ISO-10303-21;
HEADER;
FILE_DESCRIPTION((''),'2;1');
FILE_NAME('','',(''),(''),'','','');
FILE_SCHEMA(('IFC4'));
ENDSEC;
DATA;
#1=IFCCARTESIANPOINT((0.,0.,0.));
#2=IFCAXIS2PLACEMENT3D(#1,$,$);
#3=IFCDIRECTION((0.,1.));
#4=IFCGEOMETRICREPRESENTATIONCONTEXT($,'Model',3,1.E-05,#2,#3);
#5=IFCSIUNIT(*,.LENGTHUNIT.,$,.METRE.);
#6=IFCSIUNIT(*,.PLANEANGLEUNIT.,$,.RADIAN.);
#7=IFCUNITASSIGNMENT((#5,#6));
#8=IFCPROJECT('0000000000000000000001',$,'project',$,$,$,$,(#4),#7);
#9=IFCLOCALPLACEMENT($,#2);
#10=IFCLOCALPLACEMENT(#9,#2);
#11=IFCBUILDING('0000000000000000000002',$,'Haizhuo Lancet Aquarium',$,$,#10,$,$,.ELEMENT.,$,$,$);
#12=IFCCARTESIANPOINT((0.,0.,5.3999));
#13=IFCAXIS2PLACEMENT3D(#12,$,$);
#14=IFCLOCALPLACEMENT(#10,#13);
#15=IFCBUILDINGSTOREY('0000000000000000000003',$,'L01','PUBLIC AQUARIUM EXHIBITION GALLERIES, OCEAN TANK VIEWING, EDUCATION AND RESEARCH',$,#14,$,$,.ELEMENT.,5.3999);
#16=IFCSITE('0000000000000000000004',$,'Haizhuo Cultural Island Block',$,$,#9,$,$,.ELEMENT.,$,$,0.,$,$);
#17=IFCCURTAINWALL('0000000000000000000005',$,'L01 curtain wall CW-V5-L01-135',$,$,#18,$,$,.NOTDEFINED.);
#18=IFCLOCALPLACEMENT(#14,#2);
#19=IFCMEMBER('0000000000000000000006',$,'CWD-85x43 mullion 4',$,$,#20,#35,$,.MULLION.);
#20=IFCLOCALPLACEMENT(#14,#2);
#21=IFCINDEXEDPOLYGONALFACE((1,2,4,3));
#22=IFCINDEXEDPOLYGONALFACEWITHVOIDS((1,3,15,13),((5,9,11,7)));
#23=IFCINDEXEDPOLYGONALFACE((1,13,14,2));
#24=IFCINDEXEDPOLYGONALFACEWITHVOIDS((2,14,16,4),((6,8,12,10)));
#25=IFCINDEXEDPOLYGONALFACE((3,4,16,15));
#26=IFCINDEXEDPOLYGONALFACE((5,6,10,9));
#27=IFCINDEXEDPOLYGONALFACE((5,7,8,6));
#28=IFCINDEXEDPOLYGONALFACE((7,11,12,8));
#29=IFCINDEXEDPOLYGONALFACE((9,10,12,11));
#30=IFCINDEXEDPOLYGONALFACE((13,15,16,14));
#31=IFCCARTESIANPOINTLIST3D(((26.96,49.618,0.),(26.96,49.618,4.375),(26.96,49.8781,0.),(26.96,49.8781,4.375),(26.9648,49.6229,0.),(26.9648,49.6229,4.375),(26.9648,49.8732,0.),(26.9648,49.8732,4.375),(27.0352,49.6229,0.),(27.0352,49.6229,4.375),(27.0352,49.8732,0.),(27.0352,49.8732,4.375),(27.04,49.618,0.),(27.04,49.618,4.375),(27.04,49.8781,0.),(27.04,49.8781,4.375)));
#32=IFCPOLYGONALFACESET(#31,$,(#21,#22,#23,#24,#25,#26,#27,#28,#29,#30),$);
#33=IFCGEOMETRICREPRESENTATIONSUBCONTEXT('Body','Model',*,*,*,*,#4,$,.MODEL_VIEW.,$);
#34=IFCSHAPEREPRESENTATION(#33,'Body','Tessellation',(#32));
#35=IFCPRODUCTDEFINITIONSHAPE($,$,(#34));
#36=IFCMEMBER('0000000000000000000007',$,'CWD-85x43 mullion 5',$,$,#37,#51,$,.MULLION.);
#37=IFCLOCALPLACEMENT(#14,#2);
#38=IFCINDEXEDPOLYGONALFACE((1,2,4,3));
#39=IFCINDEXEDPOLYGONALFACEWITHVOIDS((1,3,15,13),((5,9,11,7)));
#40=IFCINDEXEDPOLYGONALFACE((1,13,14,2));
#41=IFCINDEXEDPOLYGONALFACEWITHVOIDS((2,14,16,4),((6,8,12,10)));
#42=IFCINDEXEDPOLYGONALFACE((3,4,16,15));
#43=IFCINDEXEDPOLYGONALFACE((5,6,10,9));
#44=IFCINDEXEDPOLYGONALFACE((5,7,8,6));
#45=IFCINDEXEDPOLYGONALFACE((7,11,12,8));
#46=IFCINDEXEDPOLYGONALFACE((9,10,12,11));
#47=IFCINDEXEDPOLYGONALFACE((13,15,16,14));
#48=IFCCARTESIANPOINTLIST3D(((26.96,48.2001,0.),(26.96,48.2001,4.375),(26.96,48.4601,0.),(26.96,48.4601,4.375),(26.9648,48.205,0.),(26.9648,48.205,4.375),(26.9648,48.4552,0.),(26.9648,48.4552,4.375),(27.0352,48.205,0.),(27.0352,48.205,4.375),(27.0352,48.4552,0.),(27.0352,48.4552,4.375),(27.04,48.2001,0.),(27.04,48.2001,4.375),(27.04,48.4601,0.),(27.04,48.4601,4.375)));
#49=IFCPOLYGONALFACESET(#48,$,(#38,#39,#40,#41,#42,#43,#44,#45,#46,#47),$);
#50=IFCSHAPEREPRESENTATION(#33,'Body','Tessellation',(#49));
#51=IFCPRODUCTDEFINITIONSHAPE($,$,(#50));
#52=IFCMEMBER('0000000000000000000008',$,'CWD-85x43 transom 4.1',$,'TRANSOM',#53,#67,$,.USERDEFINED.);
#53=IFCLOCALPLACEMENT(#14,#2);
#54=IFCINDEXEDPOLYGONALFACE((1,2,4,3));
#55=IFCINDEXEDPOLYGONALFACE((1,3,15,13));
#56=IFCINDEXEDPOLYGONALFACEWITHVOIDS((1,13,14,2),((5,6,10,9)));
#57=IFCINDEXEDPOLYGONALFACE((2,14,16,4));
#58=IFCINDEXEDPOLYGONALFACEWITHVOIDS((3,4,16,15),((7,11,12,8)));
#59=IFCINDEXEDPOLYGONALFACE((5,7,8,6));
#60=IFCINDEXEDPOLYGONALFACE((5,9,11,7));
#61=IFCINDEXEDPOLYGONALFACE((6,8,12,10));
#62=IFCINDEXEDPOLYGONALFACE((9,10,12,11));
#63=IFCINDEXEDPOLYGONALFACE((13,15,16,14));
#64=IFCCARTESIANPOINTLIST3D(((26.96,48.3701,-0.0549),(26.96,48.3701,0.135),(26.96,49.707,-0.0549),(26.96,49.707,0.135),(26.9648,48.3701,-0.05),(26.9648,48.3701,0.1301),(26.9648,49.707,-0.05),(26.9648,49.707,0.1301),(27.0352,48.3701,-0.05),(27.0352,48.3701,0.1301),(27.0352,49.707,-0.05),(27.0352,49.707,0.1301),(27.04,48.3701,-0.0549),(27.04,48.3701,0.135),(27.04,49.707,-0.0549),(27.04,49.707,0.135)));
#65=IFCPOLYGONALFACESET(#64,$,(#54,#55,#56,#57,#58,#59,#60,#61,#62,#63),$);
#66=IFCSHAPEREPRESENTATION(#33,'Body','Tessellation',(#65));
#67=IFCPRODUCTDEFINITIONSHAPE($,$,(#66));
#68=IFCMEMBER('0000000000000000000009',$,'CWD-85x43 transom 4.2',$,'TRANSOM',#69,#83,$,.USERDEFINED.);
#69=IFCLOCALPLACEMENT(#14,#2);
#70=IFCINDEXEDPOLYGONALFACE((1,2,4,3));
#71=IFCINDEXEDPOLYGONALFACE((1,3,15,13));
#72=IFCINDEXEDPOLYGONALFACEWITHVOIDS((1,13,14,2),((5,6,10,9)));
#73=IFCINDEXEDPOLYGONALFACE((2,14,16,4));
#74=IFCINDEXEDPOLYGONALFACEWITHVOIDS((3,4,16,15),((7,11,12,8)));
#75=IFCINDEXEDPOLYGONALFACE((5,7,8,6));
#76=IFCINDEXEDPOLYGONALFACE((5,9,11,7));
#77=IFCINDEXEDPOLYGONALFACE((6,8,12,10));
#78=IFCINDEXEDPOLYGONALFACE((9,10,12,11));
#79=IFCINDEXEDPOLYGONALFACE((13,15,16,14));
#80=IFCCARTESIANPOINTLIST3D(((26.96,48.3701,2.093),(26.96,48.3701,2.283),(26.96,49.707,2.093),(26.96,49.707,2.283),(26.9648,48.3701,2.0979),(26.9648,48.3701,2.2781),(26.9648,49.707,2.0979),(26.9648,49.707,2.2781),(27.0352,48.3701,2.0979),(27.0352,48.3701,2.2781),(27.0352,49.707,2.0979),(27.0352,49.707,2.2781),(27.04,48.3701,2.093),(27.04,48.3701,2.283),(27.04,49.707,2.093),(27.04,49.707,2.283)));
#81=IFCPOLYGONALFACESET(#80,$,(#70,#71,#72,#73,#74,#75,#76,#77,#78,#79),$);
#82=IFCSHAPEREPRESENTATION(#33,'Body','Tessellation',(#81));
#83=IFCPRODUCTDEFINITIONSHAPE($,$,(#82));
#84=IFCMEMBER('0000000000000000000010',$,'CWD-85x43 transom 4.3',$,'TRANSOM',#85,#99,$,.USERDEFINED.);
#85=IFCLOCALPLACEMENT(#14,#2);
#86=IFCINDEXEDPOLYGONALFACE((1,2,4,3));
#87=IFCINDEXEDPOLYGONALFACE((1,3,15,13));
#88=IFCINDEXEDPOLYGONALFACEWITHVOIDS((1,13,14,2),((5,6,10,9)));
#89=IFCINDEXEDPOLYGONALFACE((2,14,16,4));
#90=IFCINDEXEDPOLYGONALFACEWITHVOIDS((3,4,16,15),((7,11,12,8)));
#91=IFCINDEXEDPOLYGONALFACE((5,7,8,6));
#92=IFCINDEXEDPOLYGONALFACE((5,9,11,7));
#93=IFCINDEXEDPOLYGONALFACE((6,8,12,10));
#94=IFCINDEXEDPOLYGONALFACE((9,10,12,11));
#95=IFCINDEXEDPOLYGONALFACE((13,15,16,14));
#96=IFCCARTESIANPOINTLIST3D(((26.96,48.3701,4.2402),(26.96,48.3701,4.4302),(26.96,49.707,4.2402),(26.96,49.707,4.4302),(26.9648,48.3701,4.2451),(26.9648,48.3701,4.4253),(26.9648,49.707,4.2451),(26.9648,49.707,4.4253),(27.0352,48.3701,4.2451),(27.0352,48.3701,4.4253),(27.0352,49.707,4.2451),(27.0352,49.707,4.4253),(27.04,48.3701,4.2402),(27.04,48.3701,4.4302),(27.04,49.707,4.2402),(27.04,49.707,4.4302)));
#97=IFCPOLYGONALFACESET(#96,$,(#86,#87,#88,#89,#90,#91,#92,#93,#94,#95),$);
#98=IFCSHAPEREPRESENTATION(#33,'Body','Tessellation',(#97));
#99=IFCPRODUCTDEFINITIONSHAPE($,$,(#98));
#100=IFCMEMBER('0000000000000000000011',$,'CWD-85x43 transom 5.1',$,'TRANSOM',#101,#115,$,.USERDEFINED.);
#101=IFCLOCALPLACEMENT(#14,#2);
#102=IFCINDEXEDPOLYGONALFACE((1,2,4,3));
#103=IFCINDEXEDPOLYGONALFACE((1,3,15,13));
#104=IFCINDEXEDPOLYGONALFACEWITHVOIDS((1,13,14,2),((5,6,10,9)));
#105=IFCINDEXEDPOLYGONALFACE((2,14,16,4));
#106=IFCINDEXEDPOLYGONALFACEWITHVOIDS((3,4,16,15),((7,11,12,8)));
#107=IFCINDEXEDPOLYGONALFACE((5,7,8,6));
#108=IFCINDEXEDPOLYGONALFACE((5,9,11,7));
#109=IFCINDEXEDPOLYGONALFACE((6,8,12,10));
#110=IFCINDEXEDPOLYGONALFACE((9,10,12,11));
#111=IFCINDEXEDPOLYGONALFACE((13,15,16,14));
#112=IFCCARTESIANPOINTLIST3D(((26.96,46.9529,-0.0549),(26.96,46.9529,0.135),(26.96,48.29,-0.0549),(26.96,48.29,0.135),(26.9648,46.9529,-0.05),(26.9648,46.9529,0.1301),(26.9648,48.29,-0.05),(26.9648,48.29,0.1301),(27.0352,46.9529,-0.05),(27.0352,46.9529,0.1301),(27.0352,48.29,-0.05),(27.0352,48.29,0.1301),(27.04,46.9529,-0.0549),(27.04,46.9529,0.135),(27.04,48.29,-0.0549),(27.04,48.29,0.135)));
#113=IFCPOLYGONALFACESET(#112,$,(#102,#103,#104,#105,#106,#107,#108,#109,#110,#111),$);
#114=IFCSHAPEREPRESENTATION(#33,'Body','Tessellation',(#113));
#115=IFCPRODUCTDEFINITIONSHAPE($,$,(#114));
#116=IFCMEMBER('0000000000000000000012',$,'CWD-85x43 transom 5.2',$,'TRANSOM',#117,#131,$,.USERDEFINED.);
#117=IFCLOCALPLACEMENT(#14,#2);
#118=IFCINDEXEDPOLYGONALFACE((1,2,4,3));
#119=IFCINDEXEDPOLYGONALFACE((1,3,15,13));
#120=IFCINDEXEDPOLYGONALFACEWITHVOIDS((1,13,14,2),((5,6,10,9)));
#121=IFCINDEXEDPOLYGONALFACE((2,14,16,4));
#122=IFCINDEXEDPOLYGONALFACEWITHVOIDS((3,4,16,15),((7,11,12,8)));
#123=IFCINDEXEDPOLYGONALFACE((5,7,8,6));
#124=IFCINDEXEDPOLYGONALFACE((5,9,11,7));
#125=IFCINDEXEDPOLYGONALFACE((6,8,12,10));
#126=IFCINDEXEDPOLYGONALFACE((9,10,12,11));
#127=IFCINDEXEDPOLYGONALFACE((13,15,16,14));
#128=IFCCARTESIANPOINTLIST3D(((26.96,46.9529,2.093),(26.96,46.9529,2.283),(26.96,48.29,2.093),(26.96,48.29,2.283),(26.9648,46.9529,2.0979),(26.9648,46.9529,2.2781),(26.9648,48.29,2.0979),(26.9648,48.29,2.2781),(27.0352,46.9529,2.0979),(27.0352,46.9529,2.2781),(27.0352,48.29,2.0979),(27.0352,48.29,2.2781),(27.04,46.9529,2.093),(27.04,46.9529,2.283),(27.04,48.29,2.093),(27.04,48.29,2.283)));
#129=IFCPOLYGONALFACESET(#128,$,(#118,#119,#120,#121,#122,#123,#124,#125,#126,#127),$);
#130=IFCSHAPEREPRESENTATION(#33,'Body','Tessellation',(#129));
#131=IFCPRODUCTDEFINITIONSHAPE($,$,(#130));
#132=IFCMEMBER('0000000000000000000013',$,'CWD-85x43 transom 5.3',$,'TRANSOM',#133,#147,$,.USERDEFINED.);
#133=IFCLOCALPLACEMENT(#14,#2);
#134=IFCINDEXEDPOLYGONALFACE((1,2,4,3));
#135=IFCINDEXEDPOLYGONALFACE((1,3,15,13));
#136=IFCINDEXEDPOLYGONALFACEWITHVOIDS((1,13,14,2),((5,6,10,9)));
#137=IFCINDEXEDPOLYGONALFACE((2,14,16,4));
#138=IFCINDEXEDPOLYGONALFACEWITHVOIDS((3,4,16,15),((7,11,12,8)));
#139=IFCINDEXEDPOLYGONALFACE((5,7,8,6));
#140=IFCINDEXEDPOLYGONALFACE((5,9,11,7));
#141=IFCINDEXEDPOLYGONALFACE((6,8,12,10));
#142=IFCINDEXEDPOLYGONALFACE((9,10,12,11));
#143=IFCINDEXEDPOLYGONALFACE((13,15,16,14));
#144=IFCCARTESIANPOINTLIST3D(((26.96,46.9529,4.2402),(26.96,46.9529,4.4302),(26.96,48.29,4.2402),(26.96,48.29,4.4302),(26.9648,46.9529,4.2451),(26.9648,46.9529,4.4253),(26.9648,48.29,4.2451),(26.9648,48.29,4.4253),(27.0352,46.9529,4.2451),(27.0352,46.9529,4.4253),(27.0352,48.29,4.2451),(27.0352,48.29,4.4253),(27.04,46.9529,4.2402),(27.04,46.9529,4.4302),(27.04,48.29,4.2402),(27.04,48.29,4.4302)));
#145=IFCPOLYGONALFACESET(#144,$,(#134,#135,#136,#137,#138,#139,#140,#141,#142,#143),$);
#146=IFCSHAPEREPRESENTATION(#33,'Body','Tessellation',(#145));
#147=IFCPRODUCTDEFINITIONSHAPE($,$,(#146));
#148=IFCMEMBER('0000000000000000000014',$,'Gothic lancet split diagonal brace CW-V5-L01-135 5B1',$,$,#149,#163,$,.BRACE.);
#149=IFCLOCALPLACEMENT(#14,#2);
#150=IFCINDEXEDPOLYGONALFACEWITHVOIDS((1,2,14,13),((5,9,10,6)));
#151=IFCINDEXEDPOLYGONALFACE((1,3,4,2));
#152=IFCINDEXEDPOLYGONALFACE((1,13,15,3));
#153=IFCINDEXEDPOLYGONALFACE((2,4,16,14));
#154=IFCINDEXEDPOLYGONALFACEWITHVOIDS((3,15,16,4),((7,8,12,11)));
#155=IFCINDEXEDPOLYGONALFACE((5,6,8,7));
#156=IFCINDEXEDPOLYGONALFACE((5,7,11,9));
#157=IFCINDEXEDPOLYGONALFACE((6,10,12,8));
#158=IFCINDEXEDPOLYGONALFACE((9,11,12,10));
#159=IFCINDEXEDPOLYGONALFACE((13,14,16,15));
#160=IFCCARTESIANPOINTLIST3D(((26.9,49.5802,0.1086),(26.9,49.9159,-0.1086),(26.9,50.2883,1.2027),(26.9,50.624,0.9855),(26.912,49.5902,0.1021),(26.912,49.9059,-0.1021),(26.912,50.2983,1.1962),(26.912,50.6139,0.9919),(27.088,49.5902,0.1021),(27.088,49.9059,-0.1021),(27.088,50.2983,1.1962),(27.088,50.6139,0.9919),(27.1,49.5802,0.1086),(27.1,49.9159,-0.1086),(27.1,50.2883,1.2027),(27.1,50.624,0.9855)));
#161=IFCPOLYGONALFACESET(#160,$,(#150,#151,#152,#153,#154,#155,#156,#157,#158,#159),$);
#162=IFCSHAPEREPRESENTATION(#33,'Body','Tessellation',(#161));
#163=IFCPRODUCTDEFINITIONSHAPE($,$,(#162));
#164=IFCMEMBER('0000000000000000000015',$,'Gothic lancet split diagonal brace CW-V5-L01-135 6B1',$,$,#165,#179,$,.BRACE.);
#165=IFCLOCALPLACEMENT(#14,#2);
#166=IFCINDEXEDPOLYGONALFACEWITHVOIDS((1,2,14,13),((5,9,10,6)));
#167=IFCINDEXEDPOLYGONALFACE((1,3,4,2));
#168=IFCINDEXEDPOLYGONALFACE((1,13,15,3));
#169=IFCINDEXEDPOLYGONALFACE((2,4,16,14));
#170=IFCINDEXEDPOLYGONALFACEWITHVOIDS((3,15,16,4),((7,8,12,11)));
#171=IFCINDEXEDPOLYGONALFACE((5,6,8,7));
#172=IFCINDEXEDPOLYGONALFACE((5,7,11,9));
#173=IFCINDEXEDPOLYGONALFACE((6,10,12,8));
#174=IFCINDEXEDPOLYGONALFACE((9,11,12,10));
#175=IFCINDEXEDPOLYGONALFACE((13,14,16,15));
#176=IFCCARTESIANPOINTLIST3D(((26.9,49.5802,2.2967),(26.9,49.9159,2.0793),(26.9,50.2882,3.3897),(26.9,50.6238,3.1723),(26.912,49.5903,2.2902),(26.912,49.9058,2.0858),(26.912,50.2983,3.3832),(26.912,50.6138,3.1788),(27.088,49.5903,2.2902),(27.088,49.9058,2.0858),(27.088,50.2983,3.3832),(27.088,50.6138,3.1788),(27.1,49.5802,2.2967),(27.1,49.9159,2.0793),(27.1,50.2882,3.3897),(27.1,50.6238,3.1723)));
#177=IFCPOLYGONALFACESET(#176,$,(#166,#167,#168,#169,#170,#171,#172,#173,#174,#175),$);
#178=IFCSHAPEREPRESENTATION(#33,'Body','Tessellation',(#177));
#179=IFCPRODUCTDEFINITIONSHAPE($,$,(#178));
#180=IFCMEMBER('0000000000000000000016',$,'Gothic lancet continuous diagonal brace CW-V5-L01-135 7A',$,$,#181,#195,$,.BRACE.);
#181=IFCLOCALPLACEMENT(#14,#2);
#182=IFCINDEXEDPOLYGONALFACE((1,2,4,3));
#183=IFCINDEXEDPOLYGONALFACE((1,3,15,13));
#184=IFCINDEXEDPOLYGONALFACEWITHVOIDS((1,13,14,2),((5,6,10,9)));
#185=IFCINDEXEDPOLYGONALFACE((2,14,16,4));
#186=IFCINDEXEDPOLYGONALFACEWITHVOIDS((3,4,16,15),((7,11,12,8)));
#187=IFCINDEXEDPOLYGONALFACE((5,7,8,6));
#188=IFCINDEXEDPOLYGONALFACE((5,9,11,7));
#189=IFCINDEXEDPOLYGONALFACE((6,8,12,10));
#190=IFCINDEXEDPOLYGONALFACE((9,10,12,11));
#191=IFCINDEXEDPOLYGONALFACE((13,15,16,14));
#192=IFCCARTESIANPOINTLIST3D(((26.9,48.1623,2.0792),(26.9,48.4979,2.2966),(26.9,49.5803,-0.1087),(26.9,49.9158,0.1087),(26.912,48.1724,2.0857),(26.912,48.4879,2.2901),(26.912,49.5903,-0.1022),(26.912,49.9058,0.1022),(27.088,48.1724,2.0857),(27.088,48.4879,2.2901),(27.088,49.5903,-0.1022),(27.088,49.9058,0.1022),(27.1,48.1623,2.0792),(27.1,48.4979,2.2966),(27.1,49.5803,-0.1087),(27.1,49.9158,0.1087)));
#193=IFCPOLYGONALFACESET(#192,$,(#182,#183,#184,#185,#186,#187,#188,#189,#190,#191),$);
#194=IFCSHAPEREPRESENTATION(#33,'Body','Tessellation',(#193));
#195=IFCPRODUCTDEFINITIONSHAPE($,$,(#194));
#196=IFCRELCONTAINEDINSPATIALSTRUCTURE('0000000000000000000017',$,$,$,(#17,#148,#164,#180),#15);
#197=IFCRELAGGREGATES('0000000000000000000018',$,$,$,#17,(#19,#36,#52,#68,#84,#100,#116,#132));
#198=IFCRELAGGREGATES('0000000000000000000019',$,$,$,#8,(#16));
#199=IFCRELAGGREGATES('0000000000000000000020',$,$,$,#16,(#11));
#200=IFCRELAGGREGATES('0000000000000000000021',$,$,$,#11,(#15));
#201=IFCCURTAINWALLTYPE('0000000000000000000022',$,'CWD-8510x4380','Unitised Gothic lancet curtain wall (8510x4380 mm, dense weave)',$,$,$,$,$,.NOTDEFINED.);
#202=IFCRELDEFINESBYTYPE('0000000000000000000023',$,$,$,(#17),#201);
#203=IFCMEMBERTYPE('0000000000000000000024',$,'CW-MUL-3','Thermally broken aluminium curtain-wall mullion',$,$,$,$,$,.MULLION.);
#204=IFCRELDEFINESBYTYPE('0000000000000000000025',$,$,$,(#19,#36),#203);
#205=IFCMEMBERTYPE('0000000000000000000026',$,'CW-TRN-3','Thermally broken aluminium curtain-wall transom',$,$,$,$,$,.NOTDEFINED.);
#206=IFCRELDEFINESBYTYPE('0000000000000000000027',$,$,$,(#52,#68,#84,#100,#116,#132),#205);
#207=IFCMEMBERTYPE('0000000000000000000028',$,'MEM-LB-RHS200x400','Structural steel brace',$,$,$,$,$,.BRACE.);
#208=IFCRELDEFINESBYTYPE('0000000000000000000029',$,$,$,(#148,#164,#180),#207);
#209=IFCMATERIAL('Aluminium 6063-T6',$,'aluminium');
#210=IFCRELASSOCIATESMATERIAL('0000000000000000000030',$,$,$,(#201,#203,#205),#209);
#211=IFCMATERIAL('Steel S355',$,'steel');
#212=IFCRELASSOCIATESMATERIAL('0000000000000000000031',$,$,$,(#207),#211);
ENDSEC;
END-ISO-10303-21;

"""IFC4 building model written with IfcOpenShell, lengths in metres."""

from ifc_helpers import new_model, si_unit, direction, frame, origin, origin_2d, place, context, subcontext, project, spatial, hollow_rectangle, extrude, material, material_profile, profile_set, type_object, element, aggregate, save


model = new_model("IFC4")

# Units and contexts
model_context = context("Model", 3, precision=1e-05, world=origin(), true_north=direction((0.0, 1.0)))
body_context = subcontext(model_context, "Body", "Model", "MODEL_VIEW")
ifc_project = project(units=[si_unit("LENGTHUNIT", "METRE"), si_unit("PLANEANGLEUNIT", "RADIAN")], contexts=[model_context])

# Site, building, storey
site_placement = place(None, origin())
site = spatial("IfcSite", under=ifc_project, at=site_placement, Name="Haizhuo Cultural Island Block", CompositionType="ELEMENT", RefElevation=0.0)
building_placement = place(site_placement, origin())
building = spatial("IfcBuilding", under=site, at=building_placement, Name="Haizhuo Lancet Aquarium", CompositionType="ELEMENT")
storey_placement = place(building_placement, frame((0.0, 0.0, 5.3999)))
storey = spatial("IfcBuildingStorey", under=building, at=storey_placement, Name="L01", Description="PUBLIC AQUARIUM EXHIBITION GALLERIES, OCEAN TANK VIEWING, EDUCATION AND RESEARCH", CompositionType="ELEMENT", Elevation=5.3999)

# Curtain wall, members
ifc_material_1 = material(Name="Aluminium 6063-T6", Category="aluminium")
curtain_wall_type = type_object("IfcCurtainWallType", Name="CWD-8510x4380", Description="Unitised Gothic lancet curtain wall (8510x4380 mm, dense weave)", PredefinedType="NOTDEFINED", material=ifc_material_1)
curtain_wall_placement = place(storey_placement, origin())
curtain_wall = element("IfcCurtainWall", 1, at=curtain_wall_placement, inside=storey, type_object=curtain_wall_type, Name="L01 curtain wall CW-V5-L01-135", PredefinedType="NOTDEFINED")
ifc_material_profile_1 = material_profile(ifc_material_1, hollow_rectangle(XDim=0.0801, YDim=0.26, WallThickness=0.0049, at=origin_2d()), Name="ALU-M 80x260x5")
ifc_profile_set_1 = profile_set([ifc_material_profile_1], Name="Aluminium 6063-T6")
member_type_1 = type_object("IfcMemberType", Name="CW-MUL-3", Description="Thermally broken aluminium curtain-wall mullion", PredefinedType="MULLION", material=ifc_profile_set_1)
member_1_placement = place(storey_placement, frame((27.0, 49.748, 0.0), z_axis=(0.0, 0.0, 1.0), x_axis=(1.0, 0.0, 0.0)))
member_1 = element("IfcMember", 2, at=member_1_placement, type_object=member_type_1, Name="CWD-85x43 mullion 4", PredefinedType="MULLION", context=body_context, shape_type="SweptSolid", body=[
    extrude(hollow_rectangle(XDim=0.0801, YDim=0.26, WallThickness=0.0049, at=origin_2d()), origin(), (0.0, 0.0, 1.0), 4.375),
])
member_2_placement = place(storey_placement, frame((27.0, 48.3301, 0.0), z_axis=(0.0, 0.0, 1.0), x_axis=(1.0, 0.0, 0.0)))
member_2 = element("IfcMember", 3, at=member_2_placement, type_object=member_type_1, Name="CWD-85x43 mullion 5", PredefinedType="MULLION", context=body_context, shape_type="SweptSolid", body=[
    extrude(hollow_rectangle(XDim=0.0801, YDim=0.26, WallThickness=0.0049, at=origin_2d()), origin(), (0.0, 0.0, 1.0), 4.375),
])
ifc_material_profile_2 = material_profile(ifc_material_1, hollow_rectangle(XDim=0.0801, YDim=0.1899, WallThickness=0.0049, at=origin_2d()), Name="ALU-T 80x190x5")
ifc_profile_set_2 = profile_set([ifc_material_profile_2], Name="Aluminium 6063-T6")
member_type_2 = type_object("IfcMemberType", Name="CW-TRN-3", Description="Thermally broken aluminium curtain-wall transom", PredefinedType="NOTDEFINED", material=ifc_profile_set_2)
member_3_placement = place(storey_placement, frame((27.0, 49.707, 0.04), z_axis=(0.0, -1.0, 0.0), x_axis=(1.0, 0.0, 0.0)))
member_3 = element("IfcMember", 4, at=member_3_placement, type_object=member_type_2, Name="CWD-85x43 transom 4.1", ObjectType="TRANSOM", PredefinedType="USERDEFINED", context=body_context, shape_type="SweptSolid", body=[
    extrude(hollow_rectangle(XDim=0.0801, YDim=0.1899, WallThickness=0.0049, at=origin_2d()), origin(), (0.0, 0.0, 1.0), 1.3369),
])
member_4_placement = place(storey_placement, frame((27.0, 49.707, 2.188), z_axis=(0.0, -1.0, 0.0), x_axis=(1.0, 0.0, 0.0)))
member_4 = element("IfcMember", 5, at=member_4_placement, type_object=member_type_2, Name="CWD-85x43 transom 4.2", ObjectType="TRANSOM", PredefinedType="USERDEFINED", context=body_context, shape_type="SweptSolid", body=[
    extrude(hollow_rectangle(XDim=0.0801, YDim=0.1899, WallThickness=0.0049, at=origin_2d()), origin(), (0.0, 0.0, 1.0), 1.3369),
])
member_5_placement = place(storey_placement, frame((27.0, 49.707, 4.3352), z_axis=(0.0, -1.0, 0.0), x_axis=(1.0, 0.0, 0.0)))
member_5 = element("IfcMember", 6, at=member_5_placement, type_object=member_type_2, Name="CWD-85x43 transom 4.3", ObjectType="TRANSOM", PredefinedType="USERDEFINED", context=body_context, shape_type="SweptSolid", body=[
    extrude(hollow_rectangle(XDim=0.0801, YDim=0.1899, WallThickness=0.0049, at=origin_2d()), origin(), (0.0, 0.0, 1.0), 1.3369),
])
member_6_placement = place(storey_placement, frame((27.0, 48.29, 0.04), z_axis=(0.0, -1.0, 0.0), x_axis=(1.0, 0.0, 0.0)))
member_6 = element("IfcMember", 7, at=member_6_placement, type_object=member_type_2, Name="CWD-85x43 transom 5.1", ObjectType="TRANSOM", PredefinedType="USERDEFINED", context=body_context, shape_type="SweptSolid", body=[
    extrude(hollow_rectangle(XDim=0.0801, YDim=0.1899, WallThickness=0.0049, at=origin_2d()), origin(), (0.0, 0.0, 1.0), 1.3372),
])
member_7_placement = place(storey_placement, frame((27.0, 48.29, 2.188), z_axis=(0.0, -1.0, 0.0), x_axis=(1.0, 0.0, 0.0)))
member_7 = element("IfcMember", 8, at=member_7_placement, type_object=member_type_2, Name="CWD-85x43 transom 5.2", ObjectType="TRANSOM", PredefinedType="USERDEFINED", context=body_context, shape_type="SweptSolid", body=[
    extrude(hollow_rectangle(XDim=0.0801, YDim=0.1899, WallThickness=0.0049, at=origin_2d()), origin(), (0.0, 0.0, 1.0), 1.3372),
])
member_8_placement = place(storey_placement, frame((27.0, 48.29, 4.3352), z_axis=(0.0, -1.0, 0.0), x_axis=(1.0, 0.0, 0.0)))
member_8 = element("IfcMember", 9, at=member_8_placement, type_object=member_type_2, Name="CWD-85x43 transom 5.3", ObjectType="TRANSOM", PredefinedType="USERDEFINED", context=body_context, shape_type="SweptSolid", body=[
    extrude(hollow_rectangle(XDim=0.0801, YDim=0.1899, WallThickness=0.0049, at=origin_2d()), origin(), (0.0, 0.0, 1.0), 1.3372),
])

# Members
ifc_material_2 = material(Name="Steel S355", Category="steel")
ifc_material_profile_3 = material_profile(ifc_material_2, hollow_rectangle(XDim=0.2, YDim=0.3999, WallThickness=0.012, at=origin_2d()), Name="RHS 200x400x12")
ifc_profile_set_3 = profile_set([ifc_material_profile_3], Name="Steel S355")
member_type_3 = type_object("IfcMemberType", Name="MEM-LB-RHS200x400", Description="Structural steel brace", PredefinedType="BRACE", material=ifc_profile_set_3)
member_9_placement = place(storey_placement, frame((27.0, 49.748, 0.0), z_axis=(0.0, 0.543321, 0.839525), x_axis=(-1.0, 0.0, 0.0)))
element("IfcMember", 10, at=member_9_placement, inside=storey, type_object=member_type_3, Name="Gothic lancet split diagonal brace CW-V5-L01-135 5B1", PredefinedType="BRACE", context=body_context, shape_type="SweptSolid", body=[
    extrude(hollow_rectangle(XDim=0.2, YDim=0.3999, WallThickness=0.012, at=origin_2d()), origin(), (0.0, 0.0, 1.0), 1.3032),
])
member_10_placement = place(storey_placement, frame((27.0, 49.748, 2.188), z_axis=(0.0, 0.543663, 0.839303), x_axis=(-1.0, 0.0, 0.0)))
element("IfcMember", 11, at=member_10_placement, inside=storey, type_object=member_type_3, Name="Gothic lancet split diagonal brace CW-V5-L01-135 6B1", PredefinedType="BRACE", context=body_context, shape_type="SweptSolid", body=[
    extrude(hollow_rectangle(XDim=0.2, YDim=0.3999, WallThickness=0.012, at=origin_2d()), origin(), (0.0, 0.0, 1.0), 1.3022),
])
member_11_placement = place(storey_placement, frame((27.0, 49.748, 0.0), z_axis=(0.0, -0.543849, 0.839183), x_axis=(1.0, 0.0, 0.0)))
element("IfcMember", 12, at=member_11_placement, inside=storey, type_object=member_type_3, Name="Gothic lancet continuous diagonal brace CW-V5-L01-135 7A", PredefinedType="BRACE", context=body_context, shape_type="SweptSolid", body=[
    extrude(hollow_rectangle(XDim=0.2, YDim=0.3999, WallThickness=0.012, at=origin_2d()), origin(), (0.0, 0.0, 1.0), 2.6072),
])

aggregate(curtain_wall, [member_1, member_2, member_3, member_4, member_5, member_6, member_7, member_8])

save(model, "model.ifc")
